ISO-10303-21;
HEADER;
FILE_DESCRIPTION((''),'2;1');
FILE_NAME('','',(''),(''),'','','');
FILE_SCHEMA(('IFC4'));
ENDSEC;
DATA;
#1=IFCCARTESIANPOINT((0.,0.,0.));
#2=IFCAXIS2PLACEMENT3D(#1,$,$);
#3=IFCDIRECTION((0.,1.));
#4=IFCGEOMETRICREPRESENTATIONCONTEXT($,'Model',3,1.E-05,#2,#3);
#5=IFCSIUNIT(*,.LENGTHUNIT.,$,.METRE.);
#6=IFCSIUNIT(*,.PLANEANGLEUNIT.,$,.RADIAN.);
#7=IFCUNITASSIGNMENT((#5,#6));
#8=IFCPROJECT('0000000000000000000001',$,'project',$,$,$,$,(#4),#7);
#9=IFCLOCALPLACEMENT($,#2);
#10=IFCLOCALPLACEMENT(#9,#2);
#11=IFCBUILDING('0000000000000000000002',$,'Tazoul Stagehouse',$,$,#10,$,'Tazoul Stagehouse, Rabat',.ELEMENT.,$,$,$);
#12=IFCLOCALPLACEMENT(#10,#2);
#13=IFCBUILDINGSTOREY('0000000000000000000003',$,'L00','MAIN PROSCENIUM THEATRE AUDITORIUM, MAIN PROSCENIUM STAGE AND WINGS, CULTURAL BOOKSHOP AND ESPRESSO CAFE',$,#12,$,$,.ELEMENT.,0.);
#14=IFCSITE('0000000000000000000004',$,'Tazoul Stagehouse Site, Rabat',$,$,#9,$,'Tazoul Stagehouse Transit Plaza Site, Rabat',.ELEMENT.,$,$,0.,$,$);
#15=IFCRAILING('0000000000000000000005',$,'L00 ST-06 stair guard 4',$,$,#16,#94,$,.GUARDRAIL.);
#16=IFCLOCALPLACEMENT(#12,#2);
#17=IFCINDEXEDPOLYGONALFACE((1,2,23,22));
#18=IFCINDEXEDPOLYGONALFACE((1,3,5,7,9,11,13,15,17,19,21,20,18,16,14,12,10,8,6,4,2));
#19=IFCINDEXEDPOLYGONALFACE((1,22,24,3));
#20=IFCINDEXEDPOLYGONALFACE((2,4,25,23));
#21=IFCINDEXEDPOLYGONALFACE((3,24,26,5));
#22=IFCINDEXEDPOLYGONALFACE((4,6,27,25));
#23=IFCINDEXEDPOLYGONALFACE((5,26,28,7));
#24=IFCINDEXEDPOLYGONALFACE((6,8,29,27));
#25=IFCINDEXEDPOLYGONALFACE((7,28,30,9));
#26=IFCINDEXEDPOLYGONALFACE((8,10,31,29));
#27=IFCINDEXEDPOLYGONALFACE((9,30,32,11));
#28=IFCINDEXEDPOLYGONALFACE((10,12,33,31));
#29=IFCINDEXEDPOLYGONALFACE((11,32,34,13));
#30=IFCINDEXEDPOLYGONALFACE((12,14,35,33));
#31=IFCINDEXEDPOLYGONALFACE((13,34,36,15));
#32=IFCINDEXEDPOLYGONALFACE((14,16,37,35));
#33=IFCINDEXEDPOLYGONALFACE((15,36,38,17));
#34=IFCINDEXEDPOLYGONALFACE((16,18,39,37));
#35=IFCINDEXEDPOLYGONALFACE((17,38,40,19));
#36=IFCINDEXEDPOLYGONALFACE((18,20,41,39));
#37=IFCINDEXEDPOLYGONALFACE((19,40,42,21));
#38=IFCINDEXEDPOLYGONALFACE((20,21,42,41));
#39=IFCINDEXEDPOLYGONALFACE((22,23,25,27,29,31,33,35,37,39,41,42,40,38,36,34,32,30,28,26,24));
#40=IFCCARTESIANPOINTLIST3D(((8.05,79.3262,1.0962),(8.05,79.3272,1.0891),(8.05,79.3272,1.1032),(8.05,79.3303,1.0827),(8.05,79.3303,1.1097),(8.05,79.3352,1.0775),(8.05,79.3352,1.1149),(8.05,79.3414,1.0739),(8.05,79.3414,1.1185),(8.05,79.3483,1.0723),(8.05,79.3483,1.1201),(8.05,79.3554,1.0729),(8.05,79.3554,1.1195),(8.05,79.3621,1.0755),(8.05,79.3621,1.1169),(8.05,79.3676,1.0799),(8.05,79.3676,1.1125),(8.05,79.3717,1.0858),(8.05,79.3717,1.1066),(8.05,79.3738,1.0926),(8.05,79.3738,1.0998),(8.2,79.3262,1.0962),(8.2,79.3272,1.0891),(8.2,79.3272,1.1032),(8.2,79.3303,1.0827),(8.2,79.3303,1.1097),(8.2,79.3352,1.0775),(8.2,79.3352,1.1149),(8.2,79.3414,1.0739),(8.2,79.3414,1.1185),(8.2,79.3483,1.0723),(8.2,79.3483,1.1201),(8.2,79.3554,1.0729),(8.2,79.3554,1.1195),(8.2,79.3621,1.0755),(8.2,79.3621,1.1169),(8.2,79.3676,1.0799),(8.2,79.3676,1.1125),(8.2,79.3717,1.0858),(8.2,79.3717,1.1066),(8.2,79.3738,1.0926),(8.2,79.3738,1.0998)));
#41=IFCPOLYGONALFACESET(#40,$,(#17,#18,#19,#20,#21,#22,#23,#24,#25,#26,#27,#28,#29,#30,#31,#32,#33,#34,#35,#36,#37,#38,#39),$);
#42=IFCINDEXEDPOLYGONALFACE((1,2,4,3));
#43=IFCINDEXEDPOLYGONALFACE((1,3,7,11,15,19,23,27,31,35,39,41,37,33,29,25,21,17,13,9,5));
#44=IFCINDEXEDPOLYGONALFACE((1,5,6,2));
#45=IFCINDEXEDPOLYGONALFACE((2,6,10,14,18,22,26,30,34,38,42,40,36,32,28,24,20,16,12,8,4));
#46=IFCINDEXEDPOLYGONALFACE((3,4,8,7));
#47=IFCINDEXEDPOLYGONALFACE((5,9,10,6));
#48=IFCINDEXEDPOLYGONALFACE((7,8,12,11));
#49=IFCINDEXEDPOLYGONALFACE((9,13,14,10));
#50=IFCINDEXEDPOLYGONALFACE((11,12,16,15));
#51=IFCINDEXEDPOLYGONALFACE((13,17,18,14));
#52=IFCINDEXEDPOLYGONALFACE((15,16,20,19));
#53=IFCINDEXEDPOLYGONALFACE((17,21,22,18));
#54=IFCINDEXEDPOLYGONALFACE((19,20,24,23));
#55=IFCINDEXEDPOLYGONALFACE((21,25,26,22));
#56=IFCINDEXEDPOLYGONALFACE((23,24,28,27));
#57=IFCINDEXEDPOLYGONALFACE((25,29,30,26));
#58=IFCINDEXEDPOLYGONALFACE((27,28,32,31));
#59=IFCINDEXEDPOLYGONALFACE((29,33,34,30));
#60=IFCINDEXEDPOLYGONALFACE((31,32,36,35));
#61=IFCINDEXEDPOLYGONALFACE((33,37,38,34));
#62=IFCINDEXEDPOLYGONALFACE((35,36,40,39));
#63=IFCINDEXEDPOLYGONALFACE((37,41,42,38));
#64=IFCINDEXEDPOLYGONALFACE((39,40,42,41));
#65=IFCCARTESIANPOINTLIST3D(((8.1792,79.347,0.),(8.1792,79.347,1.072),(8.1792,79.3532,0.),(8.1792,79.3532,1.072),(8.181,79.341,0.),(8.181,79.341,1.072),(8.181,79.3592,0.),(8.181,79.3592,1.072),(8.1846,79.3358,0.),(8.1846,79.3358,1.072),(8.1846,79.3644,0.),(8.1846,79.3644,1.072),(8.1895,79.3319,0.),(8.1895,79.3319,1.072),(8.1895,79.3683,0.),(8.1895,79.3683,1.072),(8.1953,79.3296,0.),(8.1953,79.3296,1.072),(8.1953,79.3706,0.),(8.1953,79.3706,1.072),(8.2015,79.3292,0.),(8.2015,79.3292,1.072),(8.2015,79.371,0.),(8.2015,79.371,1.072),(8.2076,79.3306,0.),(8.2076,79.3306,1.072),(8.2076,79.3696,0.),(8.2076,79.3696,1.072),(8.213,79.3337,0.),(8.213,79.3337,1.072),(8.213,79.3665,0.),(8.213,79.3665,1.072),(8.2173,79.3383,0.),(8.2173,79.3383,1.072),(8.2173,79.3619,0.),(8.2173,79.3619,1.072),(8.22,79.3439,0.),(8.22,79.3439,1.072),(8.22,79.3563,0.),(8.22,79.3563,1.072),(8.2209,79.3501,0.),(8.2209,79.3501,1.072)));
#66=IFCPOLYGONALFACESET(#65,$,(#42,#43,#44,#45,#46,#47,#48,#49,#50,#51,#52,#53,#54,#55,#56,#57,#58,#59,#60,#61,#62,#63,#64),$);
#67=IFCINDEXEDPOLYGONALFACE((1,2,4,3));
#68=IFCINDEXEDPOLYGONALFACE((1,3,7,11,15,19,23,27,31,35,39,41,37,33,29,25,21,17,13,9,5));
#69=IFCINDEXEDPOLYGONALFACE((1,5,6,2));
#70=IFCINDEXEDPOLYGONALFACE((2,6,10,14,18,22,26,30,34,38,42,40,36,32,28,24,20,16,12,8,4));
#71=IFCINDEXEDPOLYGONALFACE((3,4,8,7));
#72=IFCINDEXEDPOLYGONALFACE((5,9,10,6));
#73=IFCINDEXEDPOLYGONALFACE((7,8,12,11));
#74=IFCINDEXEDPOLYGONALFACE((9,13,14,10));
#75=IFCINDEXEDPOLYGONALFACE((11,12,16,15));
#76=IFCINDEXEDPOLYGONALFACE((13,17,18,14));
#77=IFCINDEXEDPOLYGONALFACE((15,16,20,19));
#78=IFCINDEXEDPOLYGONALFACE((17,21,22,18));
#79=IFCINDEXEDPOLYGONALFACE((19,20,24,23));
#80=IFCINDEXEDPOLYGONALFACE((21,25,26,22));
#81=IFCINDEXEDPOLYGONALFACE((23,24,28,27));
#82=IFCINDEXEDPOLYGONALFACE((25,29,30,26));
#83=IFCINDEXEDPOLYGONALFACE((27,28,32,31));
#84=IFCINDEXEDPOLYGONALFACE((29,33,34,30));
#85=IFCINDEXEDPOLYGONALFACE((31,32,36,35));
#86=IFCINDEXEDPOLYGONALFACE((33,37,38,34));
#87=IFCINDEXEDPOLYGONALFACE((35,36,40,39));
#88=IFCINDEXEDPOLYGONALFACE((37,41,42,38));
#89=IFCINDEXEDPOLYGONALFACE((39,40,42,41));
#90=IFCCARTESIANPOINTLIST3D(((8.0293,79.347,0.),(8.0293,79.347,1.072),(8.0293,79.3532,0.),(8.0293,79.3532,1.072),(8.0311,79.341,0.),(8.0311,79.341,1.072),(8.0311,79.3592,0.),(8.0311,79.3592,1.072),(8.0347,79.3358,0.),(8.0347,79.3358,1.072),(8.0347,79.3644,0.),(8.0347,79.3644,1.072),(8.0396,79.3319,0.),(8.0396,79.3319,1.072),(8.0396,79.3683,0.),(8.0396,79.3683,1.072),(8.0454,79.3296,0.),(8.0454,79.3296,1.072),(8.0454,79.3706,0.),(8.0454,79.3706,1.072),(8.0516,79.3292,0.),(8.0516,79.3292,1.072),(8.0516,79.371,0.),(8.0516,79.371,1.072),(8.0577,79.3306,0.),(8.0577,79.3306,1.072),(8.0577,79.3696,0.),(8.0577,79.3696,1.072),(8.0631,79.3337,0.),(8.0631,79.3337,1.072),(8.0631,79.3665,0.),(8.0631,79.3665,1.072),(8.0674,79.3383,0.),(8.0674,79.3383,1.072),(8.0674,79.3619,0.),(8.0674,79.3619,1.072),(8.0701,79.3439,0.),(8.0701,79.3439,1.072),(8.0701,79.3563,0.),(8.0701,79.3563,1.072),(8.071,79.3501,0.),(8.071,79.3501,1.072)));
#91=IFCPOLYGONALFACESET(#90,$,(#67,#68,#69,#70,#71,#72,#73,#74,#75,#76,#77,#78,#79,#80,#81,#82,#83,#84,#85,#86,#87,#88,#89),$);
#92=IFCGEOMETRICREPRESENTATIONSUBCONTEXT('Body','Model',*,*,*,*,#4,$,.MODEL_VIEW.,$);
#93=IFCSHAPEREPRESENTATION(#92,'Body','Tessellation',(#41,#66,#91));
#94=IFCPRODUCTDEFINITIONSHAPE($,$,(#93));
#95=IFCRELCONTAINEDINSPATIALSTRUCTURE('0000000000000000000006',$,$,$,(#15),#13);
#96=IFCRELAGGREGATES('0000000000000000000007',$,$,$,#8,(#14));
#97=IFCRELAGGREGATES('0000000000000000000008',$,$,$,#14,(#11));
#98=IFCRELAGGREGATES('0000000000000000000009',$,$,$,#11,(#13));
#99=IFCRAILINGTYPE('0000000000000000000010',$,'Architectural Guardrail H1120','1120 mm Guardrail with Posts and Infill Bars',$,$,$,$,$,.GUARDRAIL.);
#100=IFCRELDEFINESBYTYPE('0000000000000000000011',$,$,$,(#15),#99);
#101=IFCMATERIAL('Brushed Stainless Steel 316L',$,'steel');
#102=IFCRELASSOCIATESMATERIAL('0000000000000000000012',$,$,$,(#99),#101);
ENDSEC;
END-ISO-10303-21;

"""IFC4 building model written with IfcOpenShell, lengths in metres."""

from ifc_helpers import new_model, si_unit, direction, frame, origin, origin_2d, place, context, subcontext, project, spatial, circle, extrude, material, material_profile, profile_set, type_object, element, save


model = new_model("IFC4")

# Units and contexts
model_context = context("Model", 3, precision=1e-05, world=origin(), true_north=direction((0.0, 1.0)))
body_context = subcontext(model_context, "Body", "Model", "MODEL_VIEW")
ifc_project = project(units=[si_unit("LENGTHUNIT", "METRE"), si_unit("PLANEANGLEUNIT", "RADIAN")], contexts=[model_context])

# Site, building, storey
site_placement = place(None, origin())
site = spatial("IfcSite", under=ifc_project, at=site_placement, Name="Tazoul Stagehouse Site, Rabat", LongName="Tazoul Stagehouse Transit Plaza Site, Rabat", CompositionType="ELEMENT", RefElevation=0.0)
building_placement = place(site_placement, origin())
building = spatial("IfcBuilding", under=site, at=building_placement, Name="Tazoul Stagehouse", LongName="Tazoul Stagehouse, Rabat", CompositionType="ELEMENT")
storey_placement = place(building_placement, origin())
storey = spatial("IfcBuildingStorey", under=building, at=storey_placement, Name="L00", Description="MAIN PROSCENIUM THEATRE AUDITORIUM, MAIN PROSCENIUM STAGE AND WINGS, CULTURAL BOOKSHOP AND ESPRESSO CAFE", CompositionType="ELEMENT", Elevation=0.0)

# Railing
ifc_material_1 = material(Name="Brushed Stainless Steel 316L", Category="steel")
ifc_material_profile_1 = material_profile(ifc_material_1, circle(Radius=0.0239, at=origin_2d()), Name="SS RAIL D48")
ifc_profile_set_1 = profile_set([ifc_material_profile_1], Name="Brushed Stainless Steel 316L")
railing_type = type_object("IfcRailingType", Name="Architectural Guardrail H1120", Description="1120 mm Guardrail with Posts and Infill Bars", PredefinedType="GUARDRAIL", material=ifc_profile_set_1)
railing_placement = place(storey_placement, frame((8.2, 79.3501, 0.0)))
element("IfcRailing", 1, at=railing_placement, inside=storey, type_object=railing_type, Name="L00 ST-06 stair guard 4", PredefinedType="GUARDRAIL", context=body_context, shape_type="SweptSolid", body=[
    extrude(circle(Radius=0.0239, at=origin_2d()), frame((0.0, 0.0, 1.0962), z_axis=(-1.0, 0.0, 0.0), x_axis=(0.0, -1.0, 0.0)), (0.0, 0.0, 1.0), 0.1499),
    extrude(circle(Radius=0.021, at=origin_2d()), origin(), (0.0, 0.0, 1.0), 1.072),
    extrude(circle(Radius=0.021, at=origin_2d()), frame((-0.1499, 0.0, 0.0)), (0.0, 0.0, 1.0), 1.072),
])

save(model, "model.ifc")
